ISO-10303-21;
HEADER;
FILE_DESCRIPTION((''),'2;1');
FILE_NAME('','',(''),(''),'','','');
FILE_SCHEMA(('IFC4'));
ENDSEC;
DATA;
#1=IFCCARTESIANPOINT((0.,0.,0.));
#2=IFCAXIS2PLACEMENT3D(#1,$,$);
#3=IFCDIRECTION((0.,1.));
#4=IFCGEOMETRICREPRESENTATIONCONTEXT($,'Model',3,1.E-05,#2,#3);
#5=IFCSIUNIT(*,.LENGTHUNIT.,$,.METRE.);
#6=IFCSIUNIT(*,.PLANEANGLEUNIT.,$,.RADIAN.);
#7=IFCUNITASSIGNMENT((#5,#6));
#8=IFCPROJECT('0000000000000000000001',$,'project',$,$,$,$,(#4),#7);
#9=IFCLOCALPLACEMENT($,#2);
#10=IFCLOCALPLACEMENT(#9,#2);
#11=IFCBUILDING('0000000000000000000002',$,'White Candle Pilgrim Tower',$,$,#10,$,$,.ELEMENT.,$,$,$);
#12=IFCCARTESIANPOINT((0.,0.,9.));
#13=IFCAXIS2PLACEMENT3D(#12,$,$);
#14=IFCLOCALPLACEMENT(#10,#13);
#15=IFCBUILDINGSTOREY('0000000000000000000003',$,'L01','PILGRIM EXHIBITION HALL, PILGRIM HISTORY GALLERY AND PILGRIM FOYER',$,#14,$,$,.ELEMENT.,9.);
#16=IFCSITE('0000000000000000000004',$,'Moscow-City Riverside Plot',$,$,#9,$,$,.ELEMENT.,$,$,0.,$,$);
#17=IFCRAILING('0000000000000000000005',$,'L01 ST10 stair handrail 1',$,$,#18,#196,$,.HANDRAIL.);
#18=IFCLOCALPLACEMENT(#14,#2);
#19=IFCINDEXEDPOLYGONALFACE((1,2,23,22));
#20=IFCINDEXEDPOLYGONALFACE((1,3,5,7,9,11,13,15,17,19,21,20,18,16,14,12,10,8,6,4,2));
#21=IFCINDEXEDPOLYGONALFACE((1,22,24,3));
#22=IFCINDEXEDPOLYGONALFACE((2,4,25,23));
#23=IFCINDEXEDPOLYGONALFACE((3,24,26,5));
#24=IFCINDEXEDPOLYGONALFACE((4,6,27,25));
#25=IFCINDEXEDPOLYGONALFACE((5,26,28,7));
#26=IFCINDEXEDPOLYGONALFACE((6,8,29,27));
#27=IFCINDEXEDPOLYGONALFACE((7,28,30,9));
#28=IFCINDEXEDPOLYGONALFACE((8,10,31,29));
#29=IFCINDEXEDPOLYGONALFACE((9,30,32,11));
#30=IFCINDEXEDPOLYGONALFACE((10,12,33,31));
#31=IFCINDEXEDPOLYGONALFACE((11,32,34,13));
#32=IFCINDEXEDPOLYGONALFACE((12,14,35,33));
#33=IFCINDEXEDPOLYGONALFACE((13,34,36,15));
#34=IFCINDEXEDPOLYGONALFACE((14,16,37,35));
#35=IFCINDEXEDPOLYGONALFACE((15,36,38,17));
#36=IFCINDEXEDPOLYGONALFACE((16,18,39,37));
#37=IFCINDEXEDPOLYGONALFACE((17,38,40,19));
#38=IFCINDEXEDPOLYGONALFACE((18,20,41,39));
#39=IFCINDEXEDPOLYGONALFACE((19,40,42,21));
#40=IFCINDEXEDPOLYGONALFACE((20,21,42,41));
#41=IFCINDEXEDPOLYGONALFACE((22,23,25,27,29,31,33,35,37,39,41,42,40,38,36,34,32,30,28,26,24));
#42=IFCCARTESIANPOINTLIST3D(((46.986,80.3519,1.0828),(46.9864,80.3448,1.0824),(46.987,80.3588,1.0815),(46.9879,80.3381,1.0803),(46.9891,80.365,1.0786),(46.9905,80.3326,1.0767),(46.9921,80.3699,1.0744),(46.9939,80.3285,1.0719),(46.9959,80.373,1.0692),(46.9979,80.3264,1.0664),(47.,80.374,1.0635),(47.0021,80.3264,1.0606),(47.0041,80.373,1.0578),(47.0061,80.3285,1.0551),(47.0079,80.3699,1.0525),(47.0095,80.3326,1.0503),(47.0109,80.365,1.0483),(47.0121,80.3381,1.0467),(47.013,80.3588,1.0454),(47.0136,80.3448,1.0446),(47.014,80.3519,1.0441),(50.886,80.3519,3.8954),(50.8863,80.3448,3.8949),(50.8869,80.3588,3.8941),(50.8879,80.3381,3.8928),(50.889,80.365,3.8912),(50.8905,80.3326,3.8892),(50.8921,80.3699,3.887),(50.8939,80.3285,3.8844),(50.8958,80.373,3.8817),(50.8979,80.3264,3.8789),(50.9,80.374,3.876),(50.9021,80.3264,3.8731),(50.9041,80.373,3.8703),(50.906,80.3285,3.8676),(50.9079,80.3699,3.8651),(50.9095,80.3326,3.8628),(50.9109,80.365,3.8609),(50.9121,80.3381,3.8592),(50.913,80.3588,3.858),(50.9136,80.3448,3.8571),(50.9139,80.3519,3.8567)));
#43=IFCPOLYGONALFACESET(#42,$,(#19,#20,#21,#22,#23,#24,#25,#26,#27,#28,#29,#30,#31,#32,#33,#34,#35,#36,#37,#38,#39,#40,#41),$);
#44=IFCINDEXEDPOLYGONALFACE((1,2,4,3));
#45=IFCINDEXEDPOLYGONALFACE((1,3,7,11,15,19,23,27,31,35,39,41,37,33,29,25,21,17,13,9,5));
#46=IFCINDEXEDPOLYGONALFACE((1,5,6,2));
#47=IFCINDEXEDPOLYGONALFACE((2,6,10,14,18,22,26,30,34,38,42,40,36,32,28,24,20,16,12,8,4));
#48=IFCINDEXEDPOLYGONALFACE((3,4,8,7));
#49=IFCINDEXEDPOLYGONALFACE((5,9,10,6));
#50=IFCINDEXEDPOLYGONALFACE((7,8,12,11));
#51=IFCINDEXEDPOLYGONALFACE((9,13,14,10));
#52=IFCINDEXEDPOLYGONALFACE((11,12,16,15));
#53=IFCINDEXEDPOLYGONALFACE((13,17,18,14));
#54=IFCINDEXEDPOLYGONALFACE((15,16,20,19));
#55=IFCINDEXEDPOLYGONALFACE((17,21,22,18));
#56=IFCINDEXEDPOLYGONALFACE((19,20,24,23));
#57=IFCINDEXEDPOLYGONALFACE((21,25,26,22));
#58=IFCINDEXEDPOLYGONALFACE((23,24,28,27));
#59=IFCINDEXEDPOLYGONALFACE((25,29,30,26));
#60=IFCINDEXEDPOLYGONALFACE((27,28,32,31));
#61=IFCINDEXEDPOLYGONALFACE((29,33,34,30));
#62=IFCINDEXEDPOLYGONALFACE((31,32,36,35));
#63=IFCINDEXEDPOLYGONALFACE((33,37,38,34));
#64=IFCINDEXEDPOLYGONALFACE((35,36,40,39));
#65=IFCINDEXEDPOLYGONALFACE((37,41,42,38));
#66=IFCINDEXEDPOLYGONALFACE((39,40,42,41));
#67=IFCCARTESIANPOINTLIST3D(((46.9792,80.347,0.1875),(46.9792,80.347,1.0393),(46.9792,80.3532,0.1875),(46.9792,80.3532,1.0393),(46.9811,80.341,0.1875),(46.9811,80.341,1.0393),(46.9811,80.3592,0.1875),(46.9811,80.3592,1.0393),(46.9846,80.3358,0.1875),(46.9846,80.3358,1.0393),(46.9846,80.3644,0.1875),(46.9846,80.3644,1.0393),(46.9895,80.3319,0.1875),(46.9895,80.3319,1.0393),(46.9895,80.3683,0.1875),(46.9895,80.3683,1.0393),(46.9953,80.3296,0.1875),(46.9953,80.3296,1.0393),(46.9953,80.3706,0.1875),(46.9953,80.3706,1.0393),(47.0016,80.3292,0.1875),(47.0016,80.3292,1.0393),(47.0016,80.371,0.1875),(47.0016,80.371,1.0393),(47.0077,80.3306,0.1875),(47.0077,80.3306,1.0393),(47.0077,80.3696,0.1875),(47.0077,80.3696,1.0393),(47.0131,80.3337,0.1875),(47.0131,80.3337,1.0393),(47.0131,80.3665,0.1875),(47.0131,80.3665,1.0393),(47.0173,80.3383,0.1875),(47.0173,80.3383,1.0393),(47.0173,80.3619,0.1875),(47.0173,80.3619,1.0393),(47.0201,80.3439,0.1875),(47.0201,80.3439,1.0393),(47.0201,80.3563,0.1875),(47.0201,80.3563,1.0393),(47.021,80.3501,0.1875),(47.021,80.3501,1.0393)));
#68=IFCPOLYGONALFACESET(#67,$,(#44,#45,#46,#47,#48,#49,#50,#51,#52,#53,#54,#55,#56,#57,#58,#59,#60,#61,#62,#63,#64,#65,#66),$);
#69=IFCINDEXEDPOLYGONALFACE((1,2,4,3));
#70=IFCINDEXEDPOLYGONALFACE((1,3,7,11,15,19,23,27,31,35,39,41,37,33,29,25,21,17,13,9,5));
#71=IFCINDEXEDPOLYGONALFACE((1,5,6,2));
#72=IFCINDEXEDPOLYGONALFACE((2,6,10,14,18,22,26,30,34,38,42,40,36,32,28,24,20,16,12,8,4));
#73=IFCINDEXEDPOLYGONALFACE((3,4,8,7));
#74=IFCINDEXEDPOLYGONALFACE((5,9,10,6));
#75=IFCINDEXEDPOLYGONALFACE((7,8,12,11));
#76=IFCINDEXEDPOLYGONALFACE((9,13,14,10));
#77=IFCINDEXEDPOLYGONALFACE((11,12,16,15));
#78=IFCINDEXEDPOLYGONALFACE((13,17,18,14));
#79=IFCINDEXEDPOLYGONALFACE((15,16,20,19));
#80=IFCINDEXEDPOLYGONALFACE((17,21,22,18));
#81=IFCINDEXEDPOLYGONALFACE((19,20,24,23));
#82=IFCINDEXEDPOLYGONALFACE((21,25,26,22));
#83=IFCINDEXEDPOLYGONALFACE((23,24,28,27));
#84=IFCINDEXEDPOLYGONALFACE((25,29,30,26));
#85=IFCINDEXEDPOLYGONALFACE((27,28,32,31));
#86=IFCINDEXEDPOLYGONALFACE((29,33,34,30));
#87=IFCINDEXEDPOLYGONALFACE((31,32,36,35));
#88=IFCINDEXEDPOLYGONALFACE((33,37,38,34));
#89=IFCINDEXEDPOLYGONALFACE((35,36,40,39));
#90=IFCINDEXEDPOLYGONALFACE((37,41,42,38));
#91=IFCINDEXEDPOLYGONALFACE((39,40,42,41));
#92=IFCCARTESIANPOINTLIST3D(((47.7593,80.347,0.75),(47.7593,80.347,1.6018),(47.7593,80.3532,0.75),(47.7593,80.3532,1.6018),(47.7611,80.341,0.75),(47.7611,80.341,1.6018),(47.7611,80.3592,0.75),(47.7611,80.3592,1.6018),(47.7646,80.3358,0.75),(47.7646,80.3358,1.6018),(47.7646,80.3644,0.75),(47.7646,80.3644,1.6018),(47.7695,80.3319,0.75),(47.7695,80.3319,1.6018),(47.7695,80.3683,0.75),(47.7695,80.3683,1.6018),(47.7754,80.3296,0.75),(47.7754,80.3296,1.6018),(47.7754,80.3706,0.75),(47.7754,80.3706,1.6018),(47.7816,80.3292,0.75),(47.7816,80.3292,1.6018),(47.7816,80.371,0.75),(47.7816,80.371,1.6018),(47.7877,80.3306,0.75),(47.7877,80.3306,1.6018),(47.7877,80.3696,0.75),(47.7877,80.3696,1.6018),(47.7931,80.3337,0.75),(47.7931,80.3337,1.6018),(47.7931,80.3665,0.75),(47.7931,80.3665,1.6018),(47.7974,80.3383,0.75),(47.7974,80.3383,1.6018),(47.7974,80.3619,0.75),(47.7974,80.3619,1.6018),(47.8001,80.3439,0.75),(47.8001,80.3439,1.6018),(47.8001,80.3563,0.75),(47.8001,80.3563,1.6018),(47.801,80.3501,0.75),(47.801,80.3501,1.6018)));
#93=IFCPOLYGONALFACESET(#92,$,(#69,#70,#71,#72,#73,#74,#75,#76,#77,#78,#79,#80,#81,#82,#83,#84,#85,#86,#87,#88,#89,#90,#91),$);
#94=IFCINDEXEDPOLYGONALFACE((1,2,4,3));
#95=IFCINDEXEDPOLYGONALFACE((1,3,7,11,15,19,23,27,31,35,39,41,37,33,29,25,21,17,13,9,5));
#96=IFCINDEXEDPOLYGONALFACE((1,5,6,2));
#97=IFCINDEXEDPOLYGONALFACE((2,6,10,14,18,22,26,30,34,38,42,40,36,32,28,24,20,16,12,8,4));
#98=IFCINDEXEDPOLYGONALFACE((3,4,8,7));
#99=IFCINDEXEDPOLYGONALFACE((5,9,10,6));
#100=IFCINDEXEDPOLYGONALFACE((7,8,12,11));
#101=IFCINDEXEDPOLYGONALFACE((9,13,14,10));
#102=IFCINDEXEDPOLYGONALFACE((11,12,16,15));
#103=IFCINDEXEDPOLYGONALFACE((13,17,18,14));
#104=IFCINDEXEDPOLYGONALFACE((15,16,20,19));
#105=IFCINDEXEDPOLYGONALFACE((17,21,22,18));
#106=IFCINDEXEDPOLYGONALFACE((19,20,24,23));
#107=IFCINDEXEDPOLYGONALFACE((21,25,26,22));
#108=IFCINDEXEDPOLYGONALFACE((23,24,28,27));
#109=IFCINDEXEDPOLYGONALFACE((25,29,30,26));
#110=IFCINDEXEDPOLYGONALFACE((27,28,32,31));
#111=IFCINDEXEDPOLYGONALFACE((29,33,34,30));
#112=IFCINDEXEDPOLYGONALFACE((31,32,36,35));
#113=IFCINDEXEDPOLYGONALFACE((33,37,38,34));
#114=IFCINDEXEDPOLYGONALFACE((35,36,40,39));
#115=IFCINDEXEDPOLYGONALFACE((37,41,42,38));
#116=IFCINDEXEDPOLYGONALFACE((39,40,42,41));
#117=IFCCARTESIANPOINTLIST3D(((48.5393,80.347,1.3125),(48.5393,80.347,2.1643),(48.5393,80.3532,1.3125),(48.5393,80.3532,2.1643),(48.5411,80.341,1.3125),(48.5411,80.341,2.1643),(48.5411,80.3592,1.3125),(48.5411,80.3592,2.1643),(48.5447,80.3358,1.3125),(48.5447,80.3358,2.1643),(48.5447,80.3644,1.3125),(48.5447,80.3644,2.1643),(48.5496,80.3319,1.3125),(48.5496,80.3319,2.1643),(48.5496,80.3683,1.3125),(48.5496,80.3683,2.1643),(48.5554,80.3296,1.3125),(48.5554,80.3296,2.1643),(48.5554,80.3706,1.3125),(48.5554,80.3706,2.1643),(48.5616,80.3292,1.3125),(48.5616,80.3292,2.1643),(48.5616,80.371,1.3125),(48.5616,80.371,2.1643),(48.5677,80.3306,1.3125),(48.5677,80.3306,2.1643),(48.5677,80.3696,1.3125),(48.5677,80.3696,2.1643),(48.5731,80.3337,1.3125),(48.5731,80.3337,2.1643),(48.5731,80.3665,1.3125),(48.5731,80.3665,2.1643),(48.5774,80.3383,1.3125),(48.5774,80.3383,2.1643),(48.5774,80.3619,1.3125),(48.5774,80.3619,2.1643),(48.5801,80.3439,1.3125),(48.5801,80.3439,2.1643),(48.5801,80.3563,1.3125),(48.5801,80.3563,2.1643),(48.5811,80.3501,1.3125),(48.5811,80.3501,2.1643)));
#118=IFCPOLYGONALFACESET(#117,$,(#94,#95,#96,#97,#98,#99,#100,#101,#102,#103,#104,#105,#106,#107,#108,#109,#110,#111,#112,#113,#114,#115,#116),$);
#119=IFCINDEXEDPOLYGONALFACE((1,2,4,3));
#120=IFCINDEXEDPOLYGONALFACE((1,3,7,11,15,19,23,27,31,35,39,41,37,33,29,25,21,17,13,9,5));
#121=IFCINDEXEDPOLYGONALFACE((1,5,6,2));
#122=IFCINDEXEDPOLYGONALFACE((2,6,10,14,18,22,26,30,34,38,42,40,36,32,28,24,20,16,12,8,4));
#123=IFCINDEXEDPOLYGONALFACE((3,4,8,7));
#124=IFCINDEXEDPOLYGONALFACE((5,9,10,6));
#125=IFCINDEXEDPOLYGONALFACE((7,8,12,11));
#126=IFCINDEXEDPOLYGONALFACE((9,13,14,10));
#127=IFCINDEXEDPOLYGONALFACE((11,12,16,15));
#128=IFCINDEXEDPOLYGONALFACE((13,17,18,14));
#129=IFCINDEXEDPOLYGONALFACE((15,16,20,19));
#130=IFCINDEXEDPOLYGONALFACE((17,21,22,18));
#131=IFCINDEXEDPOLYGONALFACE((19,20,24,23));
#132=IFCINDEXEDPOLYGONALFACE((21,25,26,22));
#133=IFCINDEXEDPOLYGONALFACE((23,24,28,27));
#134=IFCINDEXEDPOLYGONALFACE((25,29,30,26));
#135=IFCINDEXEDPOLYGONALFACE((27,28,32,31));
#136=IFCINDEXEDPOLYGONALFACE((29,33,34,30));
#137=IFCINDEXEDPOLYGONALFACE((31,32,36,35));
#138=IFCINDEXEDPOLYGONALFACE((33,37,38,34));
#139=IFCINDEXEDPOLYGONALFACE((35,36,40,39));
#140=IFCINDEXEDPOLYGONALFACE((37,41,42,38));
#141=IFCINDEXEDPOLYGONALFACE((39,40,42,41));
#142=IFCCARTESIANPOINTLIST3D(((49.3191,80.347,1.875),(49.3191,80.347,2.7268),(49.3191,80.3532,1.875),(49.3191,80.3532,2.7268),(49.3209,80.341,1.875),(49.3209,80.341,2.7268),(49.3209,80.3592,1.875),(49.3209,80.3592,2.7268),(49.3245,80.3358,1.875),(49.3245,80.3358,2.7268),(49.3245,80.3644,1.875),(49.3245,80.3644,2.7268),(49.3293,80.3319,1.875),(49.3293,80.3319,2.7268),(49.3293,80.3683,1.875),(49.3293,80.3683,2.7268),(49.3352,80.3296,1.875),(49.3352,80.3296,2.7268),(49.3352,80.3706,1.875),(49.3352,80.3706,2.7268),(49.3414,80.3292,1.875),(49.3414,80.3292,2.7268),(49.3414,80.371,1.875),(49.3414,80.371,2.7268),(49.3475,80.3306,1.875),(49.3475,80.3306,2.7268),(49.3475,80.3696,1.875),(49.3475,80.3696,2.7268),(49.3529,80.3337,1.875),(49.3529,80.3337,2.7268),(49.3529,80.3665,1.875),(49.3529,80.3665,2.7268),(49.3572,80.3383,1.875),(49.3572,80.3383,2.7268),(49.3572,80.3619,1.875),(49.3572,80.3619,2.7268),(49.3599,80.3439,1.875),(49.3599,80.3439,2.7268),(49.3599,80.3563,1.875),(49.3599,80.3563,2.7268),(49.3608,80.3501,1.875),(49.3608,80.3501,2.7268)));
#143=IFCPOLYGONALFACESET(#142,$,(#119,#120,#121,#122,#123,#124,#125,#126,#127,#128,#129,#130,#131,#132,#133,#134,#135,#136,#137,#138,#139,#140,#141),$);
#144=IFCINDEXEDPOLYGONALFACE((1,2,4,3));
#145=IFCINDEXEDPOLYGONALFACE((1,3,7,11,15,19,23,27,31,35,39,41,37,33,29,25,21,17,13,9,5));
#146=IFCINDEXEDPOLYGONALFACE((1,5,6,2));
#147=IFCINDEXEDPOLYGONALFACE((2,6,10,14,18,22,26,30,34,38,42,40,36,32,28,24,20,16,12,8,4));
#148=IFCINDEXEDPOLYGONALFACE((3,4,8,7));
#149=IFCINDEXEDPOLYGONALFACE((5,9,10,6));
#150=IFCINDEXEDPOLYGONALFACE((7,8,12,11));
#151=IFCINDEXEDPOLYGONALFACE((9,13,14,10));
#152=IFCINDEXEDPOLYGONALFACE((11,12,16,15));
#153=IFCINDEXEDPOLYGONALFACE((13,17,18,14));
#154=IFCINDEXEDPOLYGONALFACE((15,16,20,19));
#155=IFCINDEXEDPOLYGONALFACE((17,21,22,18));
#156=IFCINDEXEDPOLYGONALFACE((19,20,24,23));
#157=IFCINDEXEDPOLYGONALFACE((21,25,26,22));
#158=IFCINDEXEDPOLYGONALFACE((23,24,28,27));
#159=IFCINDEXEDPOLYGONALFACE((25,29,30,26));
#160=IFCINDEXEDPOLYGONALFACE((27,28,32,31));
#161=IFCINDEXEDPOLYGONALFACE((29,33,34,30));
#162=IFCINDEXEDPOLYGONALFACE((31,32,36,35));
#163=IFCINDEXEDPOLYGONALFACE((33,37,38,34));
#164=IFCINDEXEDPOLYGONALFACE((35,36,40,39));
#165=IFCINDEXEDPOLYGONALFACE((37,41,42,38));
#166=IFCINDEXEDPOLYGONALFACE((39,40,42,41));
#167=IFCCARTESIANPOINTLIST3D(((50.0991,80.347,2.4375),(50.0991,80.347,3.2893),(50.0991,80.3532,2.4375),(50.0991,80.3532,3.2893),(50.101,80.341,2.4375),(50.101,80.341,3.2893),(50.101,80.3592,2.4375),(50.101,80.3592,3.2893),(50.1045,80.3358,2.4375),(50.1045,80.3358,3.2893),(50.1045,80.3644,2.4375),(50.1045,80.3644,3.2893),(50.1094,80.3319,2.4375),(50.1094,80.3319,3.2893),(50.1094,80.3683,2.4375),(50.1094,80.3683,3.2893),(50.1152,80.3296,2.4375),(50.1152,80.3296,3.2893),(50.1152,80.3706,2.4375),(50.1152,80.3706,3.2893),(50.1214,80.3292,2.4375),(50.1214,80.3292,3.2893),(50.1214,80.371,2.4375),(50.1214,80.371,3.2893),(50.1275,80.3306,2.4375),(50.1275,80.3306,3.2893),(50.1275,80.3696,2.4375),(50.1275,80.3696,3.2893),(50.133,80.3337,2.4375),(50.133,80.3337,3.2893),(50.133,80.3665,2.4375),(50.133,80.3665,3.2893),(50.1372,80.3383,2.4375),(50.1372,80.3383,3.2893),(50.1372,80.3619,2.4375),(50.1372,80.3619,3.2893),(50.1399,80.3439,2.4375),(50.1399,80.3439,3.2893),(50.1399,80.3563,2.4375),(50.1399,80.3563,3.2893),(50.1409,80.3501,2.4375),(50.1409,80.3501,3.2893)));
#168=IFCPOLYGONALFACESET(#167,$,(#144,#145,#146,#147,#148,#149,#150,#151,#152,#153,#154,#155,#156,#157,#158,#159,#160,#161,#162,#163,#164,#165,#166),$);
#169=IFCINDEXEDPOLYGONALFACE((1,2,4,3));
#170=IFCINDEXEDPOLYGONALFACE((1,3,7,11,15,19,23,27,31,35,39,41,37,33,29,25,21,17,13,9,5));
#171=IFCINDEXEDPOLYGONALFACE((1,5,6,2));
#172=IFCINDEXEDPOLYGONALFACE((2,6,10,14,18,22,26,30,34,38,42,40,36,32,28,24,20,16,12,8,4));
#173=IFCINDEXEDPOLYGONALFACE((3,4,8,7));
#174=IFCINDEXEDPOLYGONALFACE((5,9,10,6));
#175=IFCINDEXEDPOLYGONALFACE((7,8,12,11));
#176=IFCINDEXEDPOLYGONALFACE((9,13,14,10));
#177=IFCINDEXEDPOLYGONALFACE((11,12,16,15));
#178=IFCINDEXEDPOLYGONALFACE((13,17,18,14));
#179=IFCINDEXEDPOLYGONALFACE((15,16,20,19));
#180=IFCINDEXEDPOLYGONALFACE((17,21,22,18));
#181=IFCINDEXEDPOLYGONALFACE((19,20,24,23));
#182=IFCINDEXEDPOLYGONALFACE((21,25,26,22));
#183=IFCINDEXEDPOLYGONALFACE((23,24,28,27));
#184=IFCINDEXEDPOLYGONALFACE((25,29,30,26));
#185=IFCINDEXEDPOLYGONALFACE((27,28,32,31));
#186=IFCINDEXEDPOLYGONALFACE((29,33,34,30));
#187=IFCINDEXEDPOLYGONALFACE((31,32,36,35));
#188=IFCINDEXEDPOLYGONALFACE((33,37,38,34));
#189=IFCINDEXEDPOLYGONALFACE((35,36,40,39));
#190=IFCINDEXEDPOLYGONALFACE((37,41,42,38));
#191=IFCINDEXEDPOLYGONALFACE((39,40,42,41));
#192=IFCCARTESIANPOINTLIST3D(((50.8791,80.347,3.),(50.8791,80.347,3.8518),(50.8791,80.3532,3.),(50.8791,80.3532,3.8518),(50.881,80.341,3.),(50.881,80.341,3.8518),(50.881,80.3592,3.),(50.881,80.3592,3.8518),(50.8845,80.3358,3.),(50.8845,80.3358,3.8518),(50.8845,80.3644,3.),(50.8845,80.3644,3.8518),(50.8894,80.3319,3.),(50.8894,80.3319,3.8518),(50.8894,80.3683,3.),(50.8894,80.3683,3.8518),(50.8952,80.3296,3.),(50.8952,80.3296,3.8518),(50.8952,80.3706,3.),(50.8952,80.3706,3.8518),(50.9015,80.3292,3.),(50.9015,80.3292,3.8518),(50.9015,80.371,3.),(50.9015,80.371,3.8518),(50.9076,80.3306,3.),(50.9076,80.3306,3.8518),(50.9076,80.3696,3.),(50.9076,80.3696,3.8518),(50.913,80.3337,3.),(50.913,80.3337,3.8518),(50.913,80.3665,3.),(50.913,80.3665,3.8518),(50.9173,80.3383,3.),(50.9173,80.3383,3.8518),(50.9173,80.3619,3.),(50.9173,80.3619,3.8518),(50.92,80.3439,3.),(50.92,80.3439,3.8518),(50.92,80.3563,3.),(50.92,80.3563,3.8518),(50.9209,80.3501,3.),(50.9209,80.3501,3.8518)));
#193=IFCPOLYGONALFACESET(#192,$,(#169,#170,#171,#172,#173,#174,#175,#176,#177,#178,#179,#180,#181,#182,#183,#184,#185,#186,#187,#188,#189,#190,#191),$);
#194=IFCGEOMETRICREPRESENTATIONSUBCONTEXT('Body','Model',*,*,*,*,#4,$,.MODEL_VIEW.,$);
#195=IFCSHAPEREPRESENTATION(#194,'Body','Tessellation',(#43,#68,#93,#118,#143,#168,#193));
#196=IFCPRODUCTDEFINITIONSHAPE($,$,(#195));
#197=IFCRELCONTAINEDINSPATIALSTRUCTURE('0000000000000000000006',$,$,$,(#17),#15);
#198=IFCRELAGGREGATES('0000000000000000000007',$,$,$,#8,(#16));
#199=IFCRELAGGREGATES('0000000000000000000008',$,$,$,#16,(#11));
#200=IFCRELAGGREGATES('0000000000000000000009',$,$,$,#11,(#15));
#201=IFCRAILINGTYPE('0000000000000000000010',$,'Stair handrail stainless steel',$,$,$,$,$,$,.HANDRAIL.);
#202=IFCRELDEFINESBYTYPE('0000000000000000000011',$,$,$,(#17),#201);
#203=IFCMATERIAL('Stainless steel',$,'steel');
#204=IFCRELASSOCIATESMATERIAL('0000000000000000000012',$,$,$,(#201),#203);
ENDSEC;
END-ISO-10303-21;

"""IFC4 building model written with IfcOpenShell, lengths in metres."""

from ifc_helpers import new_model, si_unit, direction, frame, origin, origin_2d, place, context, subcontext, project, spatial, circle, extrude, material, type_object, element, save


model = new_model("IFC4")

# Units and contexts
model_context = context("Model", 3, precision=1e-05, world=origin(), true_north=direction((0.0, 1.0)))
body_context = subcontext(model_context, "Body", "Model", "MODEL_VIEW")
ifc_project = project(units=[si_unit("LENGTHUNIT", "METRE"), si_unit("PLANEANGLEUNIT", "RADIAN")], contexts=[model_context])

# Site, building, storey
site_placement = place(None, origin())
site = spatial("IfcSite", under=ifc_project, at=site_placement, Name="Moscow-City Riverside Plot", CompositionType="ELEMENT", RefElevation=0.0)
building_placement = place(site_placement, origin())
building = spatial("IfcBuilding", under=site, at=building_placement, Name="White Candle Pilgrim Tower", CompositionType="ELEMENT")
storey_placement = place(building_placement, frame((0.0, 0.0, 9.0)))
storey = spatial("IfcBuildingStorey", under=building, at=storey_placement, Name="L01", Description="PILGRIM EXHIBITION HALL, PILGRIM HISTORY GALLERY AND PILGRIM FOYER", CompositionType="ELEMENT", Elevation=9.0)

# Railing
ifc_material_1 = material(Name="Stainless steel", Category="steel")
railing_type_1 = type_object("IfcRailingType", Name="Stair handrail stainless steel", PredefinedType="HANDRAIL", material=ifc_material_1)
railing_1_placement = place(storey_placement, frame((47.0, 80.3501, 0.1875)))
element("IfcRailing", 1, at=railing_1_placement, inside=storey, type_object=railing_type_1, Name="L01 ST10 stair handrail 1", PredefinedType="HANDRAIL", context=body_context, shape_type="SweptSolid", body=[
    extrude(circle(Radius=0.0239, at=origin_2d()), frame((0.0, 0.0, 0.876), z_axis=(0.811083, 0.0, 0.584931), x_axis=(0.0, 1.0, 0.0)), (0.0, 0.0, 1.0), 4.8083),
    extrude(circle(Radius=0.021, at=origin_2d()), origin(), (0.0, 0.0, 1.0), 0.8518),
    extrude(circle(Radius=0.021, at=origin_2d()), frame((0.78, 0.0, 0.5625)), (0.0, 0.0, 1.0), 0.8518),
    extrude(circle(Radius=0.021, at=origin_2d()), frame((1.5601, 0.0, 1.125)), (0.0, 0.0, 1.0), 0.8518),
    extrude(circle(Radius=0.021, at=origin_2d()), frame((2.3398, 0.0, 1.6875)), (0.0, 0.0, 1.0), 0.8518),
    extrude(circle(Radius=0.021, at=origin_2d()), frame((3.1199, 0.0, 2.25)), (0.0, 0.0, 1.0), 0.8518),
    extrude(circle(Radius=0.021, at=origin_2d()), frame((3.8999, 0.0, 2.8125)), (0.0, 0.0, 1.0), 0.8518),
])

save(model, "model.ifc")
